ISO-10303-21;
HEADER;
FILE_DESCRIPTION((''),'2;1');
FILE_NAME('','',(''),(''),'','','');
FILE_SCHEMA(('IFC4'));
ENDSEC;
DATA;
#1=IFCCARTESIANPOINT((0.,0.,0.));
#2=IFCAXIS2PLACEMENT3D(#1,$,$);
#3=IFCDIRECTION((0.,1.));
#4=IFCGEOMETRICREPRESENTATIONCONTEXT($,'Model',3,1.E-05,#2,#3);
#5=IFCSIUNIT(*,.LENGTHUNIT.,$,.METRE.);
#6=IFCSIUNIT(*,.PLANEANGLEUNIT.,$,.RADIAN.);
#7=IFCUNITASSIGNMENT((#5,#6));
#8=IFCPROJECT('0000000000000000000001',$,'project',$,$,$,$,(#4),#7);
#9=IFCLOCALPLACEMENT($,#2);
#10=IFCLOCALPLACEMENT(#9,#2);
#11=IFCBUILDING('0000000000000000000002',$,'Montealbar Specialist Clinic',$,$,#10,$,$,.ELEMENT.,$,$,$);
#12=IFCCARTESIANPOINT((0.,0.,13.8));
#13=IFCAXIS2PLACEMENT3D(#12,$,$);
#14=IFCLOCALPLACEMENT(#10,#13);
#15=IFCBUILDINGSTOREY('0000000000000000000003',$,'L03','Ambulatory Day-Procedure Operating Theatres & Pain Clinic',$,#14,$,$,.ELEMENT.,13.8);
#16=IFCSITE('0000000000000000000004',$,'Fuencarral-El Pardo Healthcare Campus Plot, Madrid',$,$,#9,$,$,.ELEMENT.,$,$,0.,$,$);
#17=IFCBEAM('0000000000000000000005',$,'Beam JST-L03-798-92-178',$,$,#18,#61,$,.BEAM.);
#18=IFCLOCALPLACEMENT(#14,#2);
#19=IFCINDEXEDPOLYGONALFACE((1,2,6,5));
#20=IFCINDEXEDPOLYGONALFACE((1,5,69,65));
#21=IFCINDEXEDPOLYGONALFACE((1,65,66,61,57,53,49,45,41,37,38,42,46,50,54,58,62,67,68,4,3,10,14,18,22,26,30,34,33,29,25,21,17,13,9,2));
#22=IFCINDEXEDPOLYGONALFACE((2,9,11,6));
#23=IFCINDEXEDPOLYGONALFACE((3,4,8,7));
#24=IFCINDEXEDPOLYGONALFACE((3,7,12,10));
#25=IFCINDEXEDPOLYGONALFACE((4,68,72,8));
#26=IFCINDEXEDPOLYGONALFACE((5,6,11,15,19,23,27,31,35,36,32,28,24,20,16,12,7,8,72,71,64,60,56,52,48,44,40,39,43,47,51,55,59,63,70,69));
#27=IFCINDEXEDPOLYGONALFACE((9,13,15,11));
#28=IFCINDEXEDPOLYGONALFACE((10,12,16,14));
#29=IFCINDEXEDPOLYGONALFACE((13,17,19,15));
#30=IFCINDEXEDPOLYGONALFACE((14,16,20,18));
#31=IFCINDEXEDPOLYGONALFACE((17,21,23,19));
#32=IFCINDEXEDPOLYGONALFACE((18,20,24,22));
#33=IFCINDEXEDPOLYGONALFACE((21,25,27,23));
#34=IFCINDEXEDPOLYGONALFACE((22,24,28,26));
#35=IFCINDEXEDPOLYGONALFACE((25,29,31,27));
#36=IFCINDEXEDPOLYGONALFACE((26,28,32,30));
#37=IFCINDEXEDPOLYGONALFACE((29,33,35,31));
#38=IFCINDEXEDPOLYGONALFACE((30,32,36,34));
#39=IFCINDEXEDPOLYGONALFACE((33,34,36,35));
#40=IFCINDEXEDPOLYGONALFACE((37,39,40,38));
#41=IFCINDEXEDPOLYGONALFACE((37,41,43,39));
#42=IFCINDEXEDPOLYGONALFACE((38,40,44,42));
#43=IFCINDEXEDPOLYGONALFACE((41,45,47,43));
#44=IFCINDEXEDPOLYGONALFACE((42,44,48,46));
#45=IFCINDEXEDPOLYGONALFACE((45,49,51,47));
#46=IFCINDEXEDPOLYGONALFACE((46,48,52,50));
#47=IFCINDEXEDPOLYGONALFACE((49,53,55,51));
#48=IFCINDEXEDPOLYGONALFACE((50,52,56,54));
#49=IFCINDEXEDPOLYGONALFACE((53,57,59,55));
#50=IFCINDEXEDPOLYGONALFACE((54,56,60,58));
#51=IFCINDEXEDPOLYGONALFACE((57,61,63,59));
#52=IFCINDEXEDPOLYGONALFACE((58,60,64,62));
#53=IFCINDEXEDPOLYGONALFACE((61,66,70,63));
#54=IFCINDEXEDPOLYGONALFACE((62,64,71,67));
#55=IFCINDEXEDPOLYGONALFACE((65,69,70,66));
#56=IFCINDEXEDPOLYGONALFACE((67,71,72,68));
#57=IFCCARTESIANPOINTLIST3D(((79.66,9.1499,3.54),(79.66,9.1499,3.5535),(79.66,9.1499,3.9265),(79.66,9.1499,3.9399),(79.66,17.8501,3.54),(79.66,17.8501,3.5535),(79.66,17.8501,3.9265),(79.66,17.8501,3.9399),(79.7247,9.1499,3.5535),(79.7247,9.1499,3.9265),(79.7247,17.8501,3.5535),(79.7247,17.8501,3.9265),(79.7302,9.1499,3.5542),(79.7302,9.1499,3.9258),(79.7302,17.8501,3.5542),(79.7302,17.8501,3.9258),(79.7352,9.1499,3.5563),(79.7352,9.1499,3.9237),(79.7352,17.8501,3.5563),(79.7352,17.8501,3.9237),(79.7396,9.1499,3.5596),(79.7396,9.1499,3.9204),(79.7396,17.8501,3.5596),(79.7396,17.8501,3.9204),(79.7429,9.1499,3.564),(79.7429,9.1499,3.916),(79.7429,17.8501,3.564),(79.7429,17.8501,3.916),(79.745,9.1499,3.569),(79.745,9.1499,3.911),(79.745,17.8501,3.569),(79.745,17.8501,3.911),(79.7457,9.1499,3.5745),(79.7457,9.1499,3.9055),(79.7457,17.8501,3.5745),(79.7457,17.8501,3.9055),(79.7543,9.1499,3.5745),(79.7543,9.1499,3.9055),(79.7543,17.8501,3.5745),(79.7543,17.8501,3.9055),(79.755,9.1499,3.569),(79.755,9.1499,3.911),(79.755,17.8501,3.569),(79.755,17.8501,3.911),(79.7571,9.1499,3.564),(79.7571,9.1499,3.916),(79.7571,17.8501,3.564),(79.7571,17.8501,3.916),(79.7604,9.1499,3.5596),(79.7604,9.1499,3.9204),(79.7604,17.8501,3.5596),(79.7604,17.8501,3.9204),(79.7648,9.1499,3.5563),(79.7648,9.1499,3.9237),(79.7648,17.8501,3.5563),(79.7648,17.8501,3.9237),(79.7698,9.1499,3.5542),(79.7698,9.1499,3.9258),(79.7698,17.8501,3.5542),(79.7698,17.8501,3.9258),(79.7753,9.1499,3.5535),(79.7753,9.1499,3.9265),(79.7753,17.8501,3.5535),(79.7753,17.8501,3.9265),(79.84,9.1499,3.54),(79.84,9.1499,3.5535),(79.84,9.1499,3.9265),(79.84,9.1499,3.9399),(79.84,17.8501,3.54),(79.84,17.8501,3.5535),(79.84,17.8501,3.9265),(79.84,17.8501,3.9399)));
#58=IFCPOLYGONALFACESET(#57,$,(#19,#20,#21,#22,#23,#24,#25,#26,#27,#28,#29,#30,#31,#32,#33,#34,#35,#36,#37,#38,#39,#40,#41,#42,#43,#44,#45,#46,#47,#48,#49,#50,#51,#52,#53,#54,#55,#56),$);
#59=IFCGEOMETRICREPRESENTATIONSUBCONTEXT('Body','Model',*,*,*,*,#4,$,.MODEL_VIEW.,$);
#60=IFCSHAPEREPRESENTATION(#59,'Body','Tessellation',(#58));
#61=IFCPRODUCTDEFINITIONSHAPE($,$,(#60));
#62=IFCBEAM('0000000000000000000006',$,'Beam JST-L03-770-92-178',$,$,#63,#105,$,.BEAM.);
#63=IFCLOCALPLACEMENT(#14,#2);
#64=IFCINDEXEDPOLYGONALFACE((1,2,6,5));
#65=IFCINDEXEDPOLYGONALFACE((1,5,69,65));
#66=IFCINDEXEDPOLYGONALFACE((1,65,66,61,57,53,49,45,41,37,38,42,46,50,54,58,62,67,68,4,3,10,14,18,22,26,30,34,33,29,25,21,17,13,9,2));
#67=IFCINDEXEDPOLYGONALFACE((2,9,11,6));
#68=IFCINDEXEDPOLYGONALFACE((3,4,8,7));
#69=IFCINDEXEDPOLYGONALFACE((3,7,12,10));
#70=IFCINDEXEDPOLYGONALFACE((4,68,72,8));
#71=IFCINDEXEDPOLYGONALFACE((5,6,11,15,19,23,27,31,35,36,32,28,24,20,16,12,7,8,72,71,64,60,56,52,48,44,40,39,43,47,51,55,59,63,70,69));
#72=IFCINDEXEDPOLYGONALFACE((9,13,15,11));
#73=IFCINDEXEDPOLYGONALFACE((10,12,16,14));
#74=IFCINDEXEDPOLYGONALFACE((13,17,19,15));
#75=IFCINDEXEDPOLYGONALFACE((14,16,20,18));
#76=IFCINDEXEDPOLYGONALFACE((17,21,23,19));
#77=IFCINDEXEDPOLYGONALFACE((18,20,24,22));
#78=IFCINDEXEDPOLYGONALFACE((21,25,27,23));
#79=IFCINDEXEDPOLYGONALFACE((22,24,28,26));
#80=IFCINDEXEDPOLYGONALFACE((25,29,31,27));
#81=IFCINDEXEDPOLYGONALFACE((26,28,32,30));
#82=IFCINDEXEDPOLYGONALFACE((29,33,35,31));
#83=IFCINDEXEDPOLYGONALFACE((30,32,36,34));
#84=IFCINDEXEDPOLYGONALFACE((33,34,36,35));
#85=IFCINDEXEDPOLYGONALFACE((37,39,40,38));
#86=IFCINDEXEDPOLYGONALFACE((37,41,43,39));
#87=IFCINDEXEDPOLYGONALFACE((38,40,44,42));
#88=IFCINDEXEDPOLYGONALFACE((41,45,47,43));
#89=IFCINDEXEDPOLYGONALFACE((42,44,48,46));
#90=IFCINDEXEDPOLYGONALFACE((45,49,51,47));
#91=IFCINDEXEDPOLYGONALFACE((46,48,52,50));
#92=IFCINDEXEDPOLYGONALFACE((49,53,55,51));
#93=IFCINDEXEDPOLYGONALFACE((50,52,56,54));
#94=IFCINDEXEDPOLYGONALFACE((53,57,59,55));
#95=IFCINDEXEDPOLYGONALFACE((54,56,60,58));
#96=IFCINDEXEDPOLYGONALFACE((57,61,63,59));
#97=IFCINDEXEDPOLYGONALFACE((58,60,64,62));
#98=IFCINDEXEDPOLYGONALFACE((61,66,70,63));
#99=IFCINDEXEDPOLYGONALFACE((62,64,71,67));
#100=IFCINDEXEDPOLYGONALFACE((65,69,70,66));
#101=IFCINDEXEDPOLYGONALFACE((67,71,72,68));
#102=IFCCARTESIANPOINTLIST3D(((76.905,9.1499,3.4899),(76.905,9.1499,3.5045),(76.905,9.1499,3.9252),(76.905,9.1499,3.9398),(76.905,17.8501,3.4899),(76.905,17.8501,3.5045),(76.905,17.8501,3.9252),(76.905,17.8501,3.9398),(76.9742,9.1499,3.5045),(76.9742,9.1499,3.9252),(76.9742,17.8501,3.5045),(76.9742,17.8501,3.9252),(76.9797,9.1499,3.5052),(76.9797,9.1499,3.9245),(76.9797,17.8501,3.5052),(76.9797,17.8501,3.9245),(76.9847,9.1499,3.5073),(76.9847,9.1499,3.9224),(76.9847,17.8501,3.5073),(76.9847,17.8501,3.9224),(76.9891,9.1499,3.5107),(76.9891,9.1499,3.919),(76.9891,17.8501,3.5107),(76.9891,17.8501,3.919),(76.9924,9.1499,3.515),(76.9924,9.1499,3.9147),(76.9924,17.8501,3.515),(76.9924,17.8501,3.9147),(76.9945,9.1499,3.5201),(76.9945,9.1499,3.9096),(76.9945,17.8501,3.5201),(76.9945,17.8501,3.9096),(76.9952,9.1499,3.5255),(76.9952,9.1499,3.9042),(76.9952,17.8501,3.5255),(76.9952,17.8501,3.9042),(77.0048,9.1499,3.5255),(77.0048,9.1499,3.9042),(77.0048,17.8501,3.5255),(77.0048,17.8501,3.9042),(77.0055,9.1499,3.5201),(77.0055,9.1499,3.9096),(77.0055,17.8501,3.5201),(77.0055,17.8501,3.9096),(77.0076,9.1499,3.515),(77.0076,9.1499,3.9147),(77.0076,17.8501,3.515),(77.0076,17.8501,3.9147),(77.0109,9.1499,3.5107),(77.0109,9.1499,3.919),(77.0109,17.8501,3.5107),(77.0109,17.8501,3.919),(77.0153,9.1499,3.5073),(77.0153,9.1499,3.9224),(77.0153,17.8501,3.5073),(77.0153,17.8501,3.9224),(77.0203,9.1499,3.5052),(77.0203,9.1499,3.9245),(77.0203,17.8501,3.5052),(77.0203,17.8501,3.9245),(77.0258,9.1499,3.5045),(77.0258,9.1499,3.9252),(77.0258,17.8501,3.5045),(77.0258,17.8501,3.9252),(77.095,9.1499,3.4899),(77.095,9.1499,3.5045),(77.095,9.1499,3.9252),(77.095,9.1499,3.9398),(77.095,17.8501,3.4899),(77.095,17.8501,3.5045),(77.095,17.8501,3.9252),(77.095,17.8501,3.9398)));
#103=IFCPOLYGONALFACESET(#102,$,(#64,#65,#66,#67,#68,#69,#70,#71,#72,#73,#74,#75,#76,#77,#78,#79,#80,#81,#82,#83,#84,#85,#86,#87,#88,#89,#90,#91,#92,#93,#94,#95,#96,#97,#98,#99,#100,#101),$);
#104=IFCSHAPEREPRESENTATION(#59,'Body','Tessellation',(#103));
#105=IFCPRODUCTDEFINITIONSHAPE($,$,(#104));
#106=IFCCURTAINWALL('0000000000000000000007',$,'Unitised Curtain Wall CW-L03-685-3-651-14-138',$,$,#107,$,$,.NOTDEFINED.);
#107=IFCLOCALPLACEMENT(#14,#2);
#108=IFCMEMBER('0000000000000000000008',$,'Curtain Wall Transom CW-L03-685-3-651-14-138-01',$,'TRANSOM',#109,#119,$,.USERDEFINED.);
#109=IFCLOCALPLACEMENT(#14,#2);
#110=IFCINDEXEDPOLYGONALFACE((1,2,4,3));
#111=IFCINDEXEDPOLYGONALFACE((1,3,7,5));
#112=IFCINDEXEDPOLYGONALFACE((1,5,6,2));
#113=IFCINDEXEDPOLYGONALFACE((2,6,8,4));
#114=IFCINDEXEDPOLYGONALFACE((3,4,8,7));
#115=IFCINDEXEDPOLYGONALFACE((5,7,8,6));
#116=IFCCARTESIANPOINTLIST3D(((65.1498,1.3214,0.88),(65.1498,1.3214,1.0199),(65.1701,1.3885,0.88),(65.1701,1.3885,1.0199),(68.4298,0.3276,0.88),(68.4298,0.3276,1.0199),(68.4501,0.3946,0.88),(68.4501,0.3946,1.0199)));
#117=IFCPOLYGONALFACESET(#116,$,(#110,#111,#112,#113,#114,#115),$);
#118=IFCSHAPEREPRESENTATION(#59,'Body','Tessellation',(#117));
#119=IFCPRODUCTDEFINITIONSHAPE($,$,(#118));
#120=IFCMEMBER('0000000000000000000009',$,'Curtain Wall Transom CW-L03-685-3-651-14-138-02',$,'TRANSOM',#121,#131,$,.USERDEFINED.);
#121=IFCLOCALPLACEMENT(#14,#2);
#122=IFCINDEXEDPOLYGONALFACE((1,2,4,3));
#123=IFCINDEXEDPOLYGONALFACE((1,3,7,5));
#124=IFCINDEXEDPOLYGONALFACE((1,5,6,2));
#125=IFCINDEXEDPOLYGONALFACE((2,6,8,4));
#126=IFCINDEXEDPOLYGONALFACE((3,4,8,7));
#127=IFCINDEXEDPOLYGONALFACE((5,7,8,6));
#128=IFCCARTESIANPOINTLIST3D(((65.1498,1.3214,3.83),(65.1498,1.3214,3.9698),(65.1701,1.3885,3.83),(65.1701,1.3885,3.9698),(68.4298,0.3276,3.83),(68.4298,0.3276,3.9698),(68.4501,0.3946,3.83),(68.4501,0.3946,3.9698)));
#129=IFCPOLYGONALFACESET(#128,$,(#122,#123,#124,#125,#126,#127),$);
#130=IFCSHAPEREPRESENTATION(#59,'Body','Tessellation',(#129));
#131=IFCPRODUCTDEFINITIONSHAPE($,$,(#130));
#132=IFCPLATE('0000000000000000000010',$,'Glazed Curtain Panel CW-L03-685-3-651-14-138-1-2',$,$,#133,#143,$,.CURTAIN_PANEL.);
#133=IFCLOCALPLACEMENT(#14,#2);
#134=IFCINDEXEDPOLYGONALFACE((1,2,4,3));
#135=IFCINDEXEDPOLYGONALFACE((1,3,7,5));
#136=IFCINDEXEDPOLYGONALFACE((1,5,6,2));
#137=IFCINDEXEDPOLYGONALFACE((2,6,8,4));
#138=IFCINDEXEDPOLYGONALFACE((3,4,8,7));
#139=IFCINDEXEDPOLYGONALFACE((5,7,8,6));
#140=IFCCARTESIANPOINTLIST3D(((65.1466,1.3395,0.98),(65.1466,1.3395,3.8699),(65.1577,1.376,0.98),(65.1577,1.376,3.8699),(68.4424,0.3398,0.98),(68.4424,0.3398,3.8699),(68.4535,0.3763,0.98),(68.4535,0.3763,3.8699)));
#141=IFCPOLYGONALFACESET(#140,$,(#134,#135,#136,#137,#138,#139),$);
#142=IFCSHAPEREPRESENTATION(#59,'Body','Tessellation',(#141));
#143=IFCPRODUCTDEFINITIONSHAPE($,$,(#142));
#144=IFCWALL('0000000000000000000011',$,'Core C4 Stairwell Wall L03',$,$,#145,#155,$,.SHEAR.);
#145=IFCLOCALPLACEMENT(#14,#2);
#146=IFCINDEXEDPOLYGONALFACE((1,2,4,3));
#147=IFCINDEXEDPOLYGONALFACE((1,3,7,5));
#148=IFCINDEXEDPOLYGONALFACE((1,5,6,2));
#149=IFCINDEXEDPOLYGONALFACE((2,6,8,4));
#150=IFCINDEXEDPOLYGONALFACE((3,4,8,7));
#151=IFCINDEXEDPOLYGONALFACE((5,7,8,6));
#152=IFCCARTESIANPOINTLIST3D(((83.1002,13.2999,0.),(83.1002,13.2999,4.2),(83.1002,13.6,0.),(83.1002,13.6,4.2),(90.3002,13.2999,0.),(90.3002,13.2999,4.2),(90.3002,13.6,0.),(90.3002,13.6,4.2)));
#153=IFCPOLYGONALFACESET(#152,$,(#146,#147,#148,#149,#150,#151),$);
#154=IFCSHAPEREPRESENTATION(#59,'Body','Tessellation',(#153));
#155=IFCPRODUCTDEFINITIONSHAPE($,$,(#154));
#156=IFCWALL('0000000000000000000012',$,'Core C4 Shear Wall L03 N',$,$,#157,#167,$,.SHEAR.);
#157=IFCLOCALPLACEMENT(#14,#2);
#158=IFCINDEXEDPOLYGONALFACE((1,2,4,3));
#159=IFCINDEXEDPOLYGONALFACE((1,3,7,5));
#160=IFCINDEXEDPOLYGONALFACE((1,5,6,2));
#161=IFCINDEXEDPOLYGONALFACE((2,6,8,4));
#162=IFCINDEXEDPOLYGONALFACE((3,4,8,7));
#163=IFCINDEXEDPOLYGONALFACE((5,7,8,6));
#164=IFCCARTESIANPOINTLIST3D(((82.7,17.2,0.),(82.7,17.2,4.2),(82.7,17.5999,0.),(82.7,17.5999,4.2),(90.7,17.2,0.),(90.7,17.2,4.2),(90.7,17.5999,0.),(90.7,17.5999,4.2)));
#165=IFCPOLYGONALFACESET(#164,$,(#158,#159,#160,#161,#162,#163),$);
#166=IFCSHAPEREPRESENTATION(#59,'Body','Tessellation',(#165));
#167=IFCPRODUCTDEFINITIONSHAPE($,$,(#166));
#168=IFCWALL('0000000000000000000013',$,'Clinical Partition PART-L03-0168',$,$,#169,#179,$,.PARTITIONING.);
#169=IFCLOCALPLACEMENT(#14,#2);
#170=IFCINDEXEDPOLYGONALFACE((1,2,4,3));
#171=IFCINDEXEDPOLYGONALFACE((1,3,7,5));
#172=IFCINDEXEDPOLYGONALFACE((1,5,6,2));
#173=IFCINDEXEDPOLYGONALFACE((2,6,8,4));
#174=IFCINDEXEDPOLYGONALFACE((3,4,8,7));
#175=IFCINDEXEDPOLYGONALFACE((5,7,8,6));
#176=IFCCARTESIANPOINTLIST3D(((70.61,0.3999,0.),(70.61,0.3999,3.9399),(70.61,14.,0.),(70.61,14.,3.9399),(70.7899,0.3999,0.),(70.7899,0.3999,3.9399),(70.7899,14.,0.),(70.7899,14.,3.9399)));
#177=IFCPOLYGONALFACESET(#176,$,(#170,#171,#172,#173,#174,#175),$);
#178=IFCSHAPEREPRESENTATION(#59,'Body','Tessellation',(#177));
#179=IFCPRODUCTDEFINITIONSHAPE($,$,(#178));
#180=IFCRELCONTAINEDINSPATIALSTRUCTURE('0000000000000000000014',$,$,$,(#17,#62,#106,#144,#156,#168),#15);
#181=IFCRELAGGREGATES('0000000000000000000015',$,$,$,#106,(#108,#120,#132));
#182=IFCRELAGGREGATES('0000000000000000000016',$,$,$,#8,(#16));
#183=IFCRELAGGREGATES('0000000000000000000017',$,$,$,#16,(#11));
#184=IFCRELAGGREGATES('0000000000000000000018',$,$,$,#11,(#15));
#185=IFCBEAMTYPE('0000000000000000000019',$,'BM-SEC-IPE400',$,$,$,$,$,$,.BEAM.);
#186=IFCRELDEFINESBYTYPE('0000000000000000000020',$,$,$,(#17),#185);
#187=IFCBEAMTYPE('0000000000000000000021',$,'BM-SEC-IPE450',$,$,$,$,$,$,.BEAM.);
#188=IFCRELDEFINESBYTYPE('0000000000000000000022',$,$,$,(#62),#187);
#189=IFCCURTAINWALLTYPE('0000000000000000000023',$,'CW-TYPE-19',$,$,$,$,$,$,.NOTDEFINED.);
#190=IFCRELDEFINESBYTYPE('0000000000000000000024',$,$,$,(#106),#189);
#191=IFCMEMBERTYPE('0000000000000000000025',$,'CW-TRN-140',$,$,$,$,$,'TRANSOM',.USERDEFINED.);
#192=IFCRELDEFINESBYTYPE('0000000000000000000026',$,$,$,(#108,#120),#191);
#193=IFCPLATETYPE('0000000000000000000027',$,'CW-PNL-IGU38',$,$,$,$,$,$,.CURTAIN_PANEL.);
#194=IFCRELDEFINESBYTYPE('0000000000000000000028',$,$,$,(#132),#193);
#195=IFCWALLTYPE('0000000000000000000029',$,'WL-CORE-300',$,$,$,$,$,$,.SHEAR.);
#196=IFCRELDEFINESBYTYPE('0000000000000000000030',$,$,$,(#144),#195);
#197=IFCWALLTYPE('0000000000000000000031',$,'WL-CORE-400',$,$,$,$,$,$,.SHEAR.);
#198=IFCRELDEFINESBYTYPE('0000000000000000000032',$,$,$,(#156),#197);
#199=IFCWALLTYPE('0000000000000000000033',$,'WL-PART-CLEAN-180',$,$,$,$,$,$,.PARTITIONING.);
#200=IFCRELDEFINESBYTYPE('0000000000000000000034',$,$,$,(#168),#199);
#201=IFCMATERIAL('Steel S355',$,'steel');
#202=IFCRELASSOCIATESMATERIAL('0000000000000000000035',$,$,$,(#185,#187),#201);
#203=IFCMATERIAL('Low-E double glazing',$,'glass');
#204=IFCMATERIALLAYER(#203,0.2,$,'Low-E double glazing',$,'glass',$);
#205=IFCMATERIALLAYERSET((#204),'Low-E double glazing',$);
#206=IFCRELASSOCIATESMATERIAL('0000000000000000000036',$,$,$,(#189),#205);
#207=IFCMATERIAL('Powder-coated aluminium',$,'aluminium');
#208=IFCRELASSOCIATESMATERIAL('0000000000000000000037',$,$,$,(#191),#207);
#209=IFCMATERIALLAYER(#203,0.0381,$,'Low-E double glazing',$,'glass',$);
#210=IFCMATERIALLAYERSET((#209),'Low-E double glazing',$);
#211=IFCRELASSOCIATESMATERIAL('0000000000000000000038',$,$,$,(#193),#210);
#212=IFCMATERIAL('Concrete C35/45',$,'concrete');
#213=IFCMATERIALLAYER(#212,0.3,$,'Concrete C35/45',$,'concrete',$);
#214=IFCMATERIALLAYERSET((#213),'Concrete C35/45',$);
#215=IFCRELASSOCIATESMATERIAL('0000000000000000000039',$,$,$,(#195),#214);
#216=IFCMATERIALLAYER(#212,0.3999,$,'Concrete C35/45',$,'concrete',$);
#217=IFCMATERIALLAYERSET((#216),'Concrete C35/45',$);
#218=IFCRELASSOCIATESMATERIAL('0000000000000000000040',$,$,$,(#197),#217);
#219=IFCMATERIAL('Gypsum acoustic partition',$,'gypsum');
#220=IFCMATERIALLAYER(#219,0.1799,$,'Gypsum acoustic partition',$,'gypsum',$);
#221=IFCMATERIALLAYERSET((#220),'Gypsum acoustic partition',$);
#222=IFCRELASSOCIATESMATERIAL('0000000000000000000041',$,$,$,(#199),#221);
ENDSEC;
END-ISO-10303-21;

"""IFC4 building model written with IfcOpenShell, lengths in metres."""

from ifc_helpers import new_model, si_unit, direction, frame, frame_2d, origin, origin_2d, place, context, subcontext, project, spatial, rectangle, i_section, extrude, material, layer, layer_set, material_profile, profile_set, type_object, element, aggregate, save


model = new_model("IFC4")

# Units and contexts
model_context = context("Model", 3, precision=1e-05, world=origin(), true_north=direction((0.0, 1.0)))
body_context = subcontext(model_context, "Body", "Model", "MODEL_VIEW")
ifc_project = project(units=[si_unit("LENGTHUNIT", "METRE"), si_unit("PLANEANGLEUNIT", "RADIAN")], contexts=[model_context])

# Site, building, storey
site_placement = place(None, origin())
site = spatial("IfcSite", under=ifc_project, at=site_placement, Name="Fuencarral-El Pardo Healthcare Campus Plot, Madrid", CompositionType="ELEMENT", RefElevation=0.0)
building_placement = place(site_placement, origin())
building = spatial("IfcBuilding", under=site, at=building_placement, Name="Montealbar Specialist Clinic", CompositionType="ELEMENT")
storey_placement = place(building_placement, frame((0.0, 0.0, 13.8)))
storey = spatial("IfcBuildingStorey", under=building, at=storey_placement, Name="L03", Description="Ambulatory Day-Procedure Operating Theatres & Pain Clinic", CompositionType="ELEMENT", Elevation=13.8)

# Shared definitions
ifc_material_1 = material(Name="Steel S355", Category="steel")

# Beams
ifc_material_profile_1 = material_profile(ifc_material_1, i_section(OverallWidth=0.1799, OverallDepth=0.3999, WebThickness=0.0085, FlangeThickness=0.0134, FilletRadius=0.021, at=origin_2d()), Name="IPE 400", Category="steel")
ifc_profile_set_1 = profile_set([ifc_material_profile_1], Name="Steel S355")
beam_type_1 = type_object("IfcBeamType", Name="BM-SEC-IPE400", PredefinedType="BEAM", material=ifc_profile_set_1)
beam_1_placement = place(storey_placement, frame((79.75, 9.1499, 3.74), z_axis=(0.0, 1.0, 0.0), x_axis=(-1.0, 0.0, 0.0)))
element("IfcBeam", 1, at=beam_1_placement, inside=storey, type_object=beam_type_1, Name="Beam JST-L03-798-92-178", PredefinedType="BEAM", context=body_context, shape_type="SweptSolid", body=[
    extrude(i_section(OverallWidth=0.1799, OverallDepth=0.3999, WebThickness=0.0085, FlangeThickness=0.0134, FilletRadius=0.021, at=origin_2d()), origin(), (0.0, 0.0, 1.0), 8.7002),
])
ifc_material_profile_2 = material_profile(ifc_material_1, i_section(OverallWidth=0.1899, OverallDepth=0.45, WebThickness=0.0095, FlangeThickness=0.0146, FilletRadius=0.021, at=origin_2d()), Name="IPE 450", Category="steel")
ifc_profile_set_2 = profile_set([ifc_material_profile_2], Name="Steel S355")
beam_type_2 = type_object("IfcBeamType", Name="BM-SEC-IPE450", PredefinedType="BEAM", material=ifc_profile_set_2)
beam_2_placement = place(storey_placement, frame((77.0, 9.1499, 3.7148), z_axis=(0.0, 1.0, 0.0), x_axis=(-1.0, 0.0, 0.0)))
element("IfcBeam", 2, at=beam_2_placement, inside=storey, type_object=beam_type_2, Name="Beam JST-L03-770-92-178", PredefinedType="BEAM", context=body_context, shape_type="SweptSolid", body=[
    extrude(i_section(OverallWidth=0.1899, OverallDepth=0.45, WebThickness=0.0095, FlangeThickness=0.0146, FilletRadius=0.021, at=origin_2d()), origin(), (0.0, 0.0, 1.0), 8.7002),
])

# Curtain wall, members, plate
ifc_material_2 = material(Name="Low-E double glazing", Category="glass")
ifc_layer_1 = layer(ifc_material_2, 0.2, Name="Low-E double glazing", Category="glass")
ifc_layer_set_1 = layer_set([ifc_layer_1], Name="Low-E double glazing")
curtain_wall_type = type_object("IfcCurtainWallType", Name="CW-TYPE-19", PredefinedType="NOTDEFINED", material=ifc_layer_set_1)
curtain_wall_placement = place(storey_placement, origin())
curtain_wall = element("IfcCurtainWall", 3, at=curtain_wall_placement, inside=storey, type_object=curtain_wall_type, Name="Unitised Curtain Wall CW-L03-685-3-651-14-138", PredefinedType="NOTDEFINED")
ifc_material_3 = material(Name="Powder-coated aluminium", Category="aluminium")
ifc_material_profile_3 = material_profile(ifc_material_3, rectangle(XDim=0.0701, YDim=0.1399, at=origin_2d()), Name="ALU 70x140", Category="aluminium")
ifc_profile_set_3 = profile_set([ifc_material_profile_3], Name="Powder-coated aluminium")
member_type = type_object("IfcMemberType", Name="CW-TRN-140", ElementType="TRANSOM", PredefinedType="USERDEFINED", material=ifc_profile_set_3)
member_1_placement = place(storey_placement, frame((68.4399, 0.3611, 0.95), z_axis=(-0.957029, 0.289994, 0.0), x_axis=(-0.289994, -0.957029, 0.0)))
member_1 = element("IfcMember", 4, at=member_1_placement, type_object=member_type, Name="Curtain Wall Transom CW-L03-685-3-651-14-138-01", ObjectType="TRANSOM", PredefinedType="USERDEFINED", context=body_context, shape_type="SweptSolid", body=[
    extrude(rectangle(XDim=0.0701, YDim=0.1399, at=origin_2d()), origin(), (0.0, 0.0, 1.0), 3.4272),
])
member_2_placement = place(storey_placement, frame((68.4399, 0.3611, 3.8999), z_axis=(-0.957029, 0.289994, 0.0), x_axis=(-0.289994, -0.957029, 0.0)))
member_2 = element("IfcMember", 5, at=member_2_placement, type_object=member_type, Name="Curtain Wall Transom CW-L03-685-3-651-14-138-02", ObjectType="TRANSOM", PredefinedType="USERDEFINED", context=body_context, shape_type="SweptSolid", body=[
    extrude(rectangle(XDim=0.0701, YDim=0.1399, at=origin_2d()), origin(), (0.0, 0.0, 1.0), 3.4272),
])
ifc_layer_2 = layer(ifc_material_2, 0.0381, Name="Low-E double glazing", Category="glass")
ifc_layer_set_2 = layer_set([ifc_layer_2], Name="Low-E double glazing")
plate_type = type_object("IfcPlateType", Name="CW-PNL-IGU38", PredefinedType="CURTAIN_PANEL", material=ifc_layer_set_2)
plate_placement = place(storey_placement, frame((66.8, 0.8579, 0.98), z_axis=(0.0, 0.0, 1.0), x_axis=(-0.956948, 0.290259, 0.0)))
plate = element("IfcPlate", 6, at=plate_placement, type_object=plate_type, Name="Glazed Curtain Panel CW-L03-685-3-651-14-138-1-2", PredefinedType="CURTAIN_PANEL", context=body_context, shape_type="SweptSolid", body=[
    extrude(rectangle(XDim=3.4441, YDim=0.0381, at=origin_2d()), origin(), (0.0, 0.0, 1.0), 2.8899),
])
aggregate(curtain_wall, [member_1, member_2, plate])

# Wall
ifc_material_4 = material(Name="Concrete C35/45", Category="concrete")
ifc_layer_3 = layer(ifc_material_4, 0.3, Name="Concrete C35/45", Category="concrete")
ifc_layer_set_3 = layer_set([ifc_layer_3], Name="Concrete C35/45")
wall_type_1 = type_object("IfcWallType", Name="WL-CORE-300", PredefinedType="SHEAR", material=ifc_layer_set_3)
wall_1_placement = place(storey_placement, frame((83.1001, 13.45, 0.0), z_axis=(0.0, 0.0, 1.0), x_axis=(1.0, 0.0, 0.0)))
element("IfcWall", 7, at=wall_1_placement, inside=storey, type_object=wall_type_1, Name="Core C4 Stairwell Wall L03", PredefinedType="SHEAR", context=body_context, shape_type="SweptSolid", body=[
    extrude(rectangle(XDim=7.2, YDim=0.3, at=frame_2d((3.6001, 0.0))), origin(), (0.0, 0.0, 1.0), 4.2),
])

# Shared definitions
ifc_layer_4 = layer(ifc_material_4, 0.3999, Name="Concrete C35/45", Category="concrete")
ifc_layer_set_4 = layer_set([ifc_layer_4], Name="Concrete C35/45")
wall_type_2 = type_object("IfcWallType", Name="WL-CORE-400", PredefinedType="SHEAR", material=ifc_layer_set_4)

# Wall
wall_2_placement = place(storey_placement, frame((82.7, 17.3999, 0.0), z_axis=(0.0, 0.0, 1.0), x_axis=(1.0, 0.0, 0.0)))
element("IfcWall", 8, at=wall_2_placement, inside=storey, type_object=wall_type_2, Name="Core C4 Shear Wall L03 N", PredefinedType="SHEAR", context=body_context, shape_type="SweptSolid", body=[
    extrude(rectangle(XDim=8.0, YDim=0.3999, at=frame_2d((4.0, 0.0))), origin(), (0.0, 0.0, 1.0), 4.2),
])

# Wall
ifc_material_5 = material(Name="Gypsum acoustic partition", Category="gypsum")
ifc_layer_5 = layer(ifc_material_5, 0.1799, Name="Gypsum acoustic partition", Category="gypsum")
ifc_layer_set_5 = layer_set([ifc_layer_5], Name="Gypsum acoustic partition")
wall_type_3 = type_object("IfcWallType", Name="WL-PART-CLEAN-180", PredefinedType="PARTITIONING", material=ifc_layer_set_5)
wall_3_placement = place(storey_placement, frame((70.7, 0.3999, 0.0), z_axis=(0.0, 0.0, 1.0), x_axis=(0.0, 1.0, 0.0)))
element("IfcWall", 9, at=wall_3_placement, inside=storey, type_object=wall_type_3, Name="Clinical Partition PART-L03-0168", PredefinedType="PARTITIONING", context=body_context, shape_type="SweptSolid", body=[
    extrude(rectangle(XDim=13.6001, YDim=0.1799, at=frame_2d((6.8, 0.0))), origin(), (0.0, 0.0, 1.0), 3.9399),
])

save(model, "model.ifc")
